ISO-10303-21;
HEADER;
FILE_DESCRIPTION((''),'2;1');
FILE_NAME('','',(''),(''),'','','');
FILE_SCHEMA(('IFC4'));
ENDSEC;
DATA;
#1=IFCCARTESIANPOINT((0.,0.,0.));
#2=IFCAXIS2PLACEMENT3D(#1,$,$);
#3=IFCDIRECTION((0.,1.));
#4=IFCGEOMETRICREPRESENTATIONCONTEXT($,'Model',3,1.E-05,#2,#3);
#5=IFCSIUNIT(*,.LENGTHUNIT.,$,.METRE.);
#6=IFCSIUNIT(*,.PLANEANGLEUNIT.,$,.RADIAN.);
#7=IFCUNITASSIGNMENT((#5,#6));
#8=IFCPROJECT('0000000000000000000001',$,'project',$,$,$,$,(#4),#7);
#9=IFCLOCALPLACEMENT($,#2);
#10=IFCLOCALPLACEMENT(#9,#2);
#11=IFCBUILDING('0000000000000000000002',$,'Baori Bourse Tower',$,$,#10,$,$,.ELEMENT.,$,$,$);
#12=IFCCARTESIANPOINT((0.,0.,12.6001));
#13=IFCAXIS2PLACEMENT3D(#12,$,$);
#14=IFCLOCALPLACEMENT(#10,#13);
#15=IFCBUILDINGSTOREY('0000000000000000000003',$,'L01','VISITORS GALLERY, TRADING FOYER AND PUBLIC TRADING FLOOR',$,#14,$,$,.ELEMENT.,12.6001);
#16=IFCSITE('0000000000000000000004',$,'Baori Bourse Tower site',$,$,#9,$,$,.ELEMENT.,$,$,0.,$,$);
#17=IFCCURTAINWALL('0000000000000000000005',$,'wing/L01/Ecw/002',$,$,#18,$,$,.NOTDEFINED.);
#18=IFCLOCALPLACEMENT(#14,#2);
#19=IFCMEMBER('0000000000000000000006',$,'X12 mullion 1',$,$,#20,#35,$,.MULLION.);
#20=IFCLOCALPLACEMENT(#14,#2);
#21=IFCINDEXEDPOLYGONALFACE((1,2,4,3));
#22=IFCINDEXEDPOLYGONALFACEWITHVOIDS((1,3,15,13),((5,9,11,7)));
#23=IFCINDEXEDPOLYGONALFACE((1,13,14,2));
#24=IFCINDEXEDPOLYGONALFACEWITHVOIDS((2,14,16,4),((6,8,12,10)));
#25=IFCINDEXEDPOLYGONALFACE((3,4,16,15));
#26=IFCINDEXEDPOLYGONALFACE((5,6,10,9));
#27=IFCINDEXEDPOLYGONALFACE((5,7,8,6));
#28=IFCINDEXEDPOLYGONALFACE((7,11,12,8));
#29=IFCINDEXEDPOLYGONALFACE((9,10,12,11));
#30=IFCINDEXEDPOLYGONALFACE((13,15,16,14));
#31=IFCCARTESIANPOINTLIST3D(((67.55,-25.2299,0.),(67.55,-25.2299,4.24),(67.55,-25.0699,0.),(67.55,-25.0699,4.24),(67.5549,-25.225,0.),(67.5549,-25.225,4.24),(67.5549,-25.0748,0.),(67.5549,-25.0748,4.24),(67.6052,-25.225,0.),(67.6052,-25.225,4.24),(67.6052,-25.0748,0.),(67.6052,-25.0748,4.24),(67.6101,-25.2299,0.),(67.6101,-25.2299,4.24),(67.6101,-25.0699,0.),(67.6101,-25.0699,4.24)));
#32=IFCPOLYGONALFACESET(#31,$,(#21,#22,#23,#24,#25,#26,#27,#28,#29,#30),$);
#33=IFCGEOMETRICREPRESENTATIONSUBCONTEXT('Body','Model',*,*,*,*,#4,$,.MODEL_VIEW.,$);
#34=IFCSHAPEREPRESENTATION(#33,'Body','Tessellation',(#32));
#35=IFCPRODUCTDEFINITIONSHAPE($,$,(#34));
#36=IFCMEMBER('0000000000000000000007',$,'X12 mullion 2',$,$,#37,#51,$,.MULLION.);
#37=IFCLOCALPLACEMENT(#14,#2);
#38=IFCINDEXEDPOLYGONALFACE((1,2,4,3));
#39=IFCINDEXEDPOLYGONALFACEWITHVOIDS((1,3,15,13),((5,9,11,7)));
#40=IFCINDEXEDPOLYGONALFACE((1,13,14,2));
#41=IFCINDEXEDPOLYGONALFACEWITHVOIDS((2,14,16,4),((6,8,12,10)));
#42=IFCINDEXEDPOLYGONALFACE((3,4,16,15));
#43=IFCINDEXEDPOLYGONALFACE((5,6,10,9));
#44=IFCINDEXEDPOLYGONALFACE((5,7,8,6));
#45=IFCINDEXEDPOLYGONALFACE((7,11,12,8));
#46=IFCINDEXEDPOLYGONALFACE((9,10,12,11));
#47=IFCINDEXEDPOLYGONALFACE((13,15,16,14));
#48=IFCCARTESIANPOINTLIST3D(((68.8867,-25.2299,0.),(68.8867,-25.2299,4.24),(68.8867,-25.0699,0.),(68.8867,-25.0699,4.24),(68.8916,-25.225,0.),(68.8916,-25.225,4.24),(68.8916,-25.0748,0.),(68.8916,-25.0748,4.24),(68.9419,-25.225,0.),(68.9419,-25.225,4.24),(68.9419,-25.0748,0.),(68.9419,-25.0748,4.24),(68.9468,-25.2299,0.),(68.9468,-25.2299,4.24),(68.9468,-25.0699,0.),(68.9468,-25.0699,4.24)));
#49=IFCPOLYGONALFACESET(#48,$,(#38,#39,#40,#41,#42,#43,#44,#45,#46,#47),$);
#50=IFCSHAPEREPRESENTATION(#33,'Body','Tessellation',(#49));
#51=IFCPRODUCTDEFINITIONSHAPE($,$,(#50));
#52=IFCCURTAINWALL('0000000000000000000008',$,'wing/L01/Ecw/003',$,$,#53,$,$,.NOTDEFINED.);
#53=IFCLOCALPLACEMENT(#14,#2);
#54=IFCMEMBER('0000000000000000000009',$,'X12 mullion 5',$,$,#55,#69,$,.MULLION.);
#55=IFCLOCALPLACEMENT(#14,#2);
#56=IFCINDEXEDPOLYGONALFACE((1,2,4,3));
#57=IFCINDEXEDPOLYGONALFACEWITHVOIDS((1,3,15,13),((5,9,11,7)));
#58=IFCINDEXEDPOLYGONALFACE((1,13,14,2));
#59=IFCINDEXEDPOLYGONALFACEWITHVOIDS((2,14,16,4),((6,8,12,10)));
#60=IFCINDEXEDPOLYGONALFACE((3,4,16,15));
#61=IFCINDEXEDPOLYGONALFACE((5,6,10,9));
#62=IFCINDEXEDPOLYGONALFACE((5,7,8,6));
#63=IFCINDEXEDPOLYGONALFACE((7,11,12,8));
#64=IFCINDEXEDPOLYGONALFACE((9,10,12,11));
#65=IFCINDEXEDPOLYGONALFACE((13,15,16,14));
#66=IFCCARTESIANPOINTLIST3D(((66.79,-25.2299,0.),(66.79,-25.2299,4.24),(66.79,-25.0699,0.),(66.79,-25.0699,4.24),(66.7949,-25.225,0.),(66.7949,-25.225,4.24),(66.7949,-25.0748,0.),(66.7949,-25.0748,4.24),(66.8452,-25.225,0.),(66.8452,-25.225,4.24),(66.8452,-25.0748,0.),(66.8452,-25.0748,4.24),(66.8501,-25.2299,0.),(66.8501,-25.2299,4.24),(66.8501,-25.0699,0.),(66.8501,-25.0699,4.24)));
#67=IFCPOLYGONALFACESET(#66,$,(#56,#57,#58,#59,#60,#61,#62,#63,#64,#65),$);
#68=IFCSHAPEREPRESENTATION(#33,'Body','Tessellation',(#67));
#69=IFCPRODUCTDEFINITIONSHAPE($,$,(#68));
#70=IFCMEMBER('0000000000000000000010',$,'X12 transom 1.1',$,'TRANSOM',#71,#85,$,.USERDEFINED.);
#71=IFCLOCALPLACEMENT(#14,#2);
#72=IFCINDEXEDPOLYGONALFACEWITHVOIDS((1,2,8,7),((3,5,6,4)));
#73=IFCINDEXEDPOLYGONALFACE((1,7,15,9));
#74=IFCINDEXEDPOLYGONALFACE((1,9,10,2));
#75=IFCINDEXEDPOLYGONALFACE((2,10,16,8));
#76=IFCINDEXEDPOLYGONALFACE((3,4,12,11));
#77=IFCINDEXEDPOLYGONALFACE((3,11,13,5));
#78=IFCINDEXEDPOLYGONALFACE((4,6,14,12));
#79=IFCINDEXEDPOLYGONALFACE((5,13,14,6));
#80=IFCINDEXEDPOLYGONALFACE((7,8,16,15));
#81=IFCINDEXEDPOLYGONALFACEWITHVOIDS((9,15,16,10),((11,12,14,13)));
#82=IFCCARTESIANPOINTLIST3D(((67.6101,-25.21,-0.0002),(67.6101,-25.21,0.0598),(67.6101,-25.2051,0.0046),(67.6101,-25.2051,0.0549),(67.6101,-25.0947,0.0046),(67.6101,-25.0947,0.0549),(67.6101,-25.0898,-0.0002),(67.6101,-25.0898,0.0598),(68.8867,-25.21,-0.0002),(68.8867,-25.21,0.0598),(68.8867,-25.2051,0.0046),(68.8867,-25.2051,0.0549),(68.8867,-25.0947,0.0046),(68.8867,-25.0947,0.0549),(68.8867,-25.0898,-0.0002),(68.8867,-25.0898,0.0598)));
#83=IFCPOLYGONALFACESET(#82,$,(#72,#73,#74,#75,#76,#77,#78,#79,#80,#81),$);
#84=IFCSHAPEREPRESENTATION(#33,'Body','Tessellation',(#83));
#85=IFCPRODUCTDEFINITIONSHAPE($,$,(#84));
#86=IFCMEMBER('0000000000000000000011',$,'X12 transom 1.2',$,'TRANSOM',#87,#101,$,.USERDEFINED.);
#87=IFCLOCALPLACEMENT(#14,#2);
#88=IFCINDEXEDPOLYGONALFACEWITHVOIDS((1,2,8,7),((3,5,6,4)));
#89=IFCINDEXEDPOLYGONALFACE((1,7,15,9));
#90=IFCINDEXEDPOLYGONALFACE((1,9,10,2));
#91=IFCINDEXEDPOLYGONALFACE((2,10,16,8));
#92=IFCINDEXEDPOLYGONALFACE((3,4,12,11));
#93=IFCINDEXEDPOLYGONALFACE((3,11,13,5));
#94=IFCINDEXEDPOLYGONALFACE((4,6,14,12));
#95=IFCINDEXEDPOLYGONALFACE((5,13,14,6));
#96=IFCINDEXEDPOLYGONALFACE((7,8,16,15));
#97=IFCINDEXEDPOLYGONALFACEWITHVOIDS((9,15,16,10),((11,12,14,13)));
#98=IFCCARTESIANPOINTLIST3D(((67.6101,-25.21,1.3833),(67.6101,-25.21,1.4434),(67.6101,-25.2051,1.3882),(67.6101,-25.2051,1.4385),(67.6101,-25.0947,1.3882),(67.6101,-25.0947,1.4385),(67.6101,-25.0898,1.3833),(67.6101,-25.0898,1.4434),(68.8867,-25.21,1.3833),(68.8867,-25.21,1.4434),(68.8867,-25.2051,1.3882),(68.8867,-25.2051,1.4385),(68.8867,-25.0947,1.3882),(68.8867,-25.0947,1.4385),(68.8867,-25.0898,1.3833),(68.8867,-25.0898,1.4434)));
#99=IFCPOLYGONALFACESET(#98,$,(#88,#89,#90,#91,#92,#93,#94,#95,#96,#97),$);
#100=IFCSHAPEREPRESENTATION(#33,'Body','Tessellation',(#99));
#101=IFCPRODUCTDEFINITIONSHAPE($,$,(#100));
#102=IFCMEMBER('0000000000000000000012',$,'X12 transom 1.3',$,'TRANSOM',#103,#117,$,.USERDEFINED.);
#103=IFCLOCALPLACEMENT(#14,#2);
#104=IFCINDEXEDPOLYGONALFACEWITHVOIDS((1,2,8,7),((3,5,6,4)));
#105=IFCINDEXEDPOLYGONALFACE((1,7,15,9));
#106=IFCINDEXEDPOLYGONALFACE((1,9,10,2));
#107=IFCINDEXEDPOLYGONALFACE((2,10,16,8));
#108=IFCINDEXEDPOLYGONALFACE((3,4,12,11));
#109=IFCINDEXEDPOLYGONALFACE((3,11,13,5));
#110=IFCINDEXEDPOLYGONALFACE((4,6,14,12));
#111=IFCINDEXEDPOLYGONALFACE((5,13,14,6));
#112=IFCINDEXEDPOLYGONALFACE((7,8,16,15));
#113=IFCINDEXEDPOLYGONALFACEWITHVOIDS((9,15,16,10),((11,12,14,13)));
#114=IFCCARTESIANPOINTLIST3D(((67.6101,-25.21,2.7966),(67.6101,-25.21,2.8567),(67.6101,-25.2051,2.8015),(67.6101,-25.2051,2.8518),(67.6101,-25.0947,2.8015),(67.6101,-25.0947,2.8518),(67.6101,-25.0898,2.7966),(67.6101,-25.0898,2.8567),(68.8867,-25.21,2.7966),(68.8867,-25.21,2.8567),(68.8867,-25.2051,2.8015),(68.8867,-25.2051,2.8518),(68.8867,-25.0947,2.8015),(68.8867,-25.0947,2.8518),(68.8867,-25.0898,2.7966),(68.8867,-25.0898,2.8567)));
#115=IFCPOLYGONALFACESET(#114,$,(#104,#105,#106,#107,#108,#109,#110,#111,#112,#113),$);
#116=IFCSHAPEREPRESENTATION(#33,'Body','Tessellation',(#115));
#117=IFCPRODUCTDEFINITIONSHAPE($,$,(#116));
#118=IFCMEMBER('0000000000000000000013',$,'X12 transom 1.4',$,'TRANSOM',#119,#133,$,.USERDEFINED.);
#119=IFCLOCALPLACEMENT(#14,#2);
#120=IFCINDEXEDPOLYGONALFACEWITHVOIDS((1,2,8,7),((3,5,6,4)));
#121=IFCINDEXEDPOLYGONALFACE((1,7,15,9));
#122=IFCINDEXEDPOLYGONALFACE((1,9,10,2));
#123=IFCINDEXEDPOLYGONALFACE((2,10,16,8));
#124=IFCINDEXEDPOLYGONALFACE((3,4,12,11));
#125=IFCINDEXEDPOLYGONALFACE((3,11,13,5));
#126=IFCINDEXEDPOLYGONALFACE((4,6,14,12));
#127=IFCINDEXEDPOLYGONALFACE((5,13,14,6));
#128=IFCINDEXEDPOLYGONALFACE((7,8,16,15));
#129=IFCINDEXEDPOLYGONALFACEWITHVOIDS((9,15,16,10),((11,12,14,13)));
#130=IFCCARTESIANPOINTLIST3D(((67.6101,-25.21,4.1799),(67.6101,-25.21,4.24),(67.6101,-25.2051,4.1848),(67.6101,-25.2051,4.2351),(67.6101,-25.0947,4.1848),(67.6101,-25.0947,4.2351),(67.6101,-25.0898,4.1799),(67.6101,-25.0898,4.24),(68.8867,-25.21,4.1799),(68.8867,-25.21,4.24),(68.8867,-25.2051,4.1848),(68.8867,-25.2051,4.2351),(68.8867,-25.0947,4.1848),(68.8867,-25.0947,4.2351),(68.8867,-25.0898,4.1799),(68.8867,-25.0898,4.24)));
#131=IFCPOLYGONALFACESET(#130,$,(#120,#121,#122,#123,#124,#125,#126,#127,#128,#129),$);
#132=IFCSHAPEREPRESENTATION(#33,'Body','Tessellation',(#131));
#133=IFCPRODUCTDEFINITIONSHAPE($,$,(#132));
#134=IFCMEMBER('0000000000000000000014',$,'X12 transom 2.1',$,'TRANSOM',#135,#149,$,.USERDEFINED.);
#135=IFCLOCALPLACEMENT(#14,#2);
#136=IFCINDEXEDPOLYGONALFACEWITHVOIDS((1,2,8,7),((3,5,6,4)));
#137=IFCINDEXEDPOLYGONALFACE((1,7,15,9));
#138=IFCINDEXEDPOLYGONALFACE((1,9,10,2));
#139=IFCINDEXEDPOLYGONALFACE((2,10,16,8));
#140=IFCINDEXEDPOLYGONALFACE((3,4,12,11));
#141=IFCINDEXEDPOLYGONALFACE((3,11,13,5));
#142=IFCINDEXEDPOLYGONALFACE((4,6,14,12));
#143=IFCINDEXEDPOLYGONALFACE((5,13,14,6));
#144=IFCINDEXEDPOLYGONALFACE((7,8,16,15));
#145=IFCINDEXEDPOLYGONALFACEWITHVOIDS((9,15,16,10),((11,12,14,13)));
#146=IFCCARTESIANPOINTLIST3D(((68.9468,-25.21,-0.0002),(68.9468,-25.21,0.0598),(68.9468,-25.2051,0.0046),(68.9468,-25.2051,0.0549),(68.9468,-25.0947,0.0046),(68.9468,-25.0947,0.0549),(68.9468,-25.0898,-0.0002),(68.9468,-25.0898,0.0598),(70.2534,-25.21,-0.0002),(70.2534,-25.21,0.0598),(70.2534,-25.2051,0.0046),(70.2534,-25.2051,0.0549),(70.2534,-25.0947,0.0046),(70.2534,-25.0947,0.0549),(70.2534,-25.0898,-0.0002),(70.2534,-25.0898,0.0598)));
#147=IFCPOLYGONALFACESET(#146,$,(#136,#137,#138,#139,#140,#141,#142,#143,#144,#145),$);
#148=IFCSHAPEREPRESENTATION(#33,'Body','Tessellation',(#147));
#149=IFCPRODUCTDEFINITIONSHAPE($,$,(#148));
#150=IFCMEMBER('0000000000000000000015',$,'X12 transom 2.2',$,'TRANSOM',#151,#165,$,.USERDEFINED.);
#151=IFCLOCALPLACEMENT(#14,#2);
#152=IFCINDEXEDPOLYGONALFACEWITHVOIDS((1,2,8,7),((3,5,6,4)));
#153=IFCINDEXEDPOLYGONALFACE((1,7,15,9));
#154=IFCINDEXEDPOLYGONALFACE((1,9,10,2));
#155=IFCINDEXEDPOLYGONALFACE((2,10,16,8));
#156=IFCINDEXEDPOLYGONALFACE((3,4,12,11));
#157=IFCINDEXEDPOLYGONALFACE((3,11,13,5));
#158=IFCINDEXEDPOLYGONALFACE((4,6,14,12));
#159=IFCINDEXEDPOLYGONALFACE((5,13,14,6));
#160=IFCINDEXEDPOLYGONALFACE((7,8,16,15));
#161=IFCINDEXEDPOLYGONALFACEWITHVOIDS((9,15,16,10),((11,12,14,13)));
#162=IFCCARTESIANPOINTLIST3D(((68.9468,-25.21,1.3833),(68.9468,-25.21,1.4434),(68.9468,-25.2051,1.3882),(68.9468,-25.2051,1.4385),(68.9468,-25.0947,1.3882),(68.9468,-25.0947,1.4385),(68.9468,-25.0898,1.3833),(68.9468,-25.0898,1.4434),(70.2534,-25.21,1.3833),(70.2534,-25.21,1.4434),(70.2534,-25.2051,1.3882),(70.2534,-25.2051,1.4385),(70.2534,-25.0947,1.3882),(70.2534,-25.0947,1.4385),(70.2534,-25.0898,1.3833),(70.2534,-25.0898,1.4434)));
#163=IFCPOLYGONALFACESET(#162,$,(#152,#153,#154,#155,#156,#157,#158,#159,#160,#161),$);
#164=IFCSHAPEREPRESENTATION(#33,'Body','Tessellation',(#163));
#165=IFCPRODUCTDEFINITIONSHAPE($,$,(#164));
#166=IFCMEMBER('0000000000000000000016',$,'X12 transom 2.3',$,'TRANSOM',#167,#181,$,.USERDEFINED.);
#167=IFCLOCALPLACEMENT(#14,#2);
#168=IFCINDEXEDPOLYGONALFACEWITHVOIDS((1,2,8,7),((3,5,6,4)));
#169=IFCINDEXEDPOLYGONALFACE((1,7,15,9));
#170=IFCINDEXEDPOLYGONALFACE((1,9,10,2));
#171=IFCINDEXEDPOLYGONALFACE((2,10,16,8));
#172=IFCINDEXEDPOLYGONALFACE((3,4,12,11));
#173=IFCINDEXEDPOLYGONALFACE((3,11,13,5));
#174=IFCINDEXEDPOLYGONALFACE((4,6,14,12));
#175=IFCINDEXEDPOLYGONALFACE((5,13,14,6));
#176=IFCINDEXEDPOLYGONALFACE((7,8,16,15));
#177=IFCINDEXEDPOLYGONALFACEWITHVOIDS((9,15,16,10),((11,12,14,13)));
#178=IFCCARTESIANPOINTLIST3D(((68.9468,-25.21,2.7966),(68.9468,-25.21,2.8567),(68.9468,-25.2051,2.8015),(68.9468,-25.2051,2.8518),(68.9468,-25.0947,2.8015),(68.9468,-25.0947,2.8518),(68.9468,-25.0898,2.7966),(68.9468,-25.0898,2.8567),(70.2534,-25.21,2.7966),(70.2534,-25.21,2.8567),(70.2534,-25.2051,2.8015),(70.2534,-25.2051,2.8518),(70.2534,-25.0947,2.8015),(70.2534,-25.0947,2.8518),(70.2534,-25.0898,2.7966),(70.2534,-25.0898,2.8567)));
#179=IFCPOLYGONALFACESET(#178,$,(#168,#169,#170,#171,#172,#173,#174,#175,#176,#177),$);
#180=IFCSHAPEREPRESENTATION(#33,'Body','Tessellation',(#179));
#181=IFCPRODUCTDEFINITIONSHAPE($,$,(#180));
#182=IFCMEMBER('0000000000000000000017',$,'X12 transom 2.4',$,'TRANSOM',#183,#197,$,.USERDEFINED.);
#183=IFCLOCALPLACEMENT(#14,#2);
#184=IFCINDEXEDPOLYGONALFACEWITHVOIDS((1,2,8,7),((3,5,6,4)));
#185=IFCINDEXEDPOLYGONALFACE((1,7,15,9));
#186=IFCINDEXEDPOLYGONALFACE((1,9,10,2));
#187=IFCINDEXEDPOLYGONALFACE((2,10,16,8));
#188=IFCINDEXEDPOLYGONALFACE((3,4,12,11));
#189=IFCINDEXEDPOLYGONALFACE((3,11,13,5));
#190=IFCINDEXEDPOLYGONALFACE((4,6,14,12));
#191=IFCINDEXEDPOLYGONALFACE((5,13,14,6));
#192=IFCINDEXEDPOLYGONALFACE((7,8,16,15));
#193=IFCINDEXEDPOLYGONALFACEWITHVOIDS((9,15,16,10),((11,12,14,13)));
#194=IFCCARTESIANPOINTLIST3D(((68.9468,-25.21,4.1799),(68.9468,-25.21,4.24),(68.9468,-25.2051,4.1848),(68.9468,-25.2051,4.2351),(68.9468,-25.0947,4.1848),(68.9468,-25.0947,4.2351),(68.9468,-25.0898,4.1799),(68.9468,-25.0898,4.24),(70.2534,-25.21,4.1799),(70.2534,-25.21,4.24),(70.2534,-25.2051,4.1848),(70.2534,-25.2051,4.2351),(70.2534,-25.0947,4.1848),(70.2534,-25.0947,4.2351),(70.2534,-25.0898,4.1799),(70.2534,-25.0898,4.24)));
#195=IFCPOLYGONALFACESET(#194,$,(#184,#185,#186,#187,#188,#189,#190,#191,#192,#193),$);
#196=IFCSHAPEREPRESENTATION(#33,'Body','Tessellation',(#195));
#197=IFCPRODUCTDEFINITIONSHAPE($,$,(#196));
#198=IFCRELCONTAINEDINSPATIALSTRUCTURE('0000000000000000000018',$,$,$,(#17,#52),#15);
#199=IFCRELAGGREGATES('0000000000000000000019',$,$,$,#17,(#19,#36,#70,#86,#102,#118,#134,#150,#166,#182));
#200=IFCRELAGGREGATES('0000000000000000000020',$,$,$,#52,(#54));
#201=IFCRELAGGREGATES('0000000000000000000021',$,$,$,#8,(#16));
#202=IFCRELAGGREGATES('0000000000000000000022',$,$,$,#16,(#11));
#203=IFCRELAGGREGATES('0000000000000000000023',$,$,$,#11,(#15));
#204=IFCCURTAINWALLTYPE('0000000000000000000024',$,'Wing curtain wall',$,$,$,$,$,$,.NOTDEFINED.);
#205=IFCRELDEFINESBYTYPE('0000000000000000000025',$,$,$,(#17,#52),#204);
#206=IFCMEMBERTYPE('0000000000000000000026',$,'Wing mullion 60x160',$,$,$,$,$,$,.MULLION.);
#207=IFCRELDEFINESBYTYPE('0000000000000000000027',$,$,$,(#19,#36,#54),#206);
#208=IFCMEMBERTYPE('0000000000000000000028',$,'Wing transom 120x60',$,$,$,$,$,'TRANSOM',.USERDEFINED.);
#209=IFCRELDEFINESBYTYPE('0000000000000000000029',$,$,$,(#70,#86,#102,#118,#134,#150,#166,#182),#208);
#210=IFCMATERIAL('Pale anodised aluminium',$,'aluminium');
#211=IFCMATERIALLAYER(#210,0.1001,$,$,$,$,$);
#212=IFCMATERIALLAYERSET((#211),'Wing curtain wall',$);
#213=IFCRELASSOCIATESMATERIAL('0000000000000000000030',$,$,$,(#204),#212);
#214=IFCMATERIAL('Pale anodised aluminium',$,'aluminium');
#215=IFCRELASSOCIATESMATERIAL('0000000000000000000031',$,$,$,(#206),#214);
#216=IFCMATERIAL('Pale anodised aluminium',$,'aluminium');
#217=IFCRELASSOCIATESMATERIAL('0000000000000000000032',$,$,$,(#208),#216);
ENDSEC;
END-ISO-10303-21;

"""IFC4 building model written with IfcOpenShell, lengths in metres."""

from ifc_helpers import new_model, si_unit, direction, frame, origin, origin_2d, place, context, subcontext, project, spatial, hollow_rectangle, extrude, material, layer, layer_set, material_profile, profile_set, type_object, element, aggregate, save


model = new_model("IFC4")

# Units and contexts
model_context = context("Model", 3, precision=1e-05, world=origin(), true_north=direction((0.0, 1.0)))
body_context = subcontext(model_context, "Body", "Model", "MODEL_VIEW")
ifc_project = project(units=[si_unit("LENGTHUNIT", "METRE"), si_unit("PLANEANGLEUNIT", "RADIAN")], contexts=[model_context])

# Site, building, storey
site_placement = place(None, origin())
site = spatial("IfcSite", under=ifc_project, at=site_placement, Name="Baori Bourse Tower site", CompositionType="ELEMENT", RefElevation=0.0)
building_placement = place(site_placement, origin())
building = spatial("IfcBuilding", under=site, at=building_placement, Name="Baori Bourse Tower", CompositionType="ELEMENT")
storey_placement = place(building_placement, frame((0.0, 0.0, 12.6001)))
storey = spatial("IfcBuildingStorey", under=building, at=storey_placement, Name="L01", Description="VISITORS GALLERY, TRADING FOYER AND PUBLIC TRADING FLOOR", CompositionType="ELEMENT", Elevation=12.6001)

# Curtain wall, members
ifc_material_1 = material(Name="Pale anodised aluminium", Category="aluminium")
ifc_layer_1 = layer(ifc_material_1, 0.1001)
ifc_layer_set_1 = layer_set([ifc_layer_1], Name="Wing curtain wall")
curtain_wall_type = type_object("IfcCurtainWallType", Name="Wing curtain wall", PredefinedType="NOTDEFINED", material=ifc_layer_set_1)
curtain_wall_1_placement = place(storey_placement, origin())
curtain_wall_1 = element("IfcCurtainWall", 1, at=curtain_wall_1_placement, inside=storey, type_object=curtain_wall_type, Name="wing/L01/Ecw/002", PredefinedType="NOTDEFINED")
ifc_material_2 = material(Name="Pale anodised aluminium", Category="aluminium")
ifc_material_profile_1 = material_profile(ifc_material_2, hollow_rectangle(XDim=0.1599, YDim=0.0601, WallThickness=0.0049, at=origin_2d()), Name="Mullion 160x60x5")
ifc_profile_set_1 = profile_set([ifc_material_profile_1], Name="Pale anodised aluminium")
member_type_1 = type_object("IfcMemberType", Name="Wing mullion 60x160", PredefinedType="MULLION", material=ifc_profile_set_1)
member_1_placement = place(storey_placement, frame((67.5801, -25.1499, 0.0), z_axis=(0.0, 0.0, 1.0), x_axis=(0.0, 1.0, 0.0)))
member_1 = element("IfcMember", 2, at=member_1_placement, type_object=member_type_1, Name="X12 mullion 1", PredefinedType="MULLION", context=body_context, shape_type="SweptSolid", body=[
    extrude(hollow_rectangle(XDim=0.1599, YDim=0.0601, WallThickness=0.0049, at=origin_2d()), origin(), (0.0, 0.0, 1.0), 4.24),
])
member_2_placement = place(storey_placement, frame((68.9167, -25.1499, 0.0), z_axis=(0.0, 0.0, 1.0), x_axis=(0.0, 1.0, 0.0)))
member_2 = element("IfcMember", 3, at=member_2_placement, type_object=member_type_1, Name="X12 mullion 2", PredefinedType="MULLION", context=body_context, shape_type="SweptSolid", body=[
    extrude(hollow_rectangle(XDim=0.1599, YDim=0.0601, WallThickness=0.0049, at=origin_2d()), origin(), (0.0, 0.0, 1.0), 4.24),
])

# Curtain wall, member
curtain_wall_2_placement = place(storey_placement, origin())
curtain_wall_2 = element("IfcCurtainWall", 4, at=curtain_wall_2_placement, inside=storey, type_object=curtain_wall_type, Name="wing/L01/Ecw/003", PredefinedType="NOTDEFINED")
member_3_placement = place(storey_placement, frame((66.8201, -25.1499, 0.0), z_axis=(0.0, 0.0, 1.0), x_axis=(0.0, 1.0, 0.0)))
member_3 = element("IfcMember", 5, at=member_3_placement, type_object=member_type_1, Name="X12 mullion 5", PredefinedType="MULLION", context=body_context, shape_type="SweptSolid", body=[
    extrude(hollow_rectangle(XDim=0.1599, YDim=0.0601, WallThickness=0.0049, at=origin_2d()), origin(), (0.0, 0.0, 1.0), 4.24),
])

# Members
ifc_material_3 = material(Name="Pale anodised aluminium", Category="aluminium")
ifc_material_profile_2 = material_profile(ifc_material_3, hollow_rectangle(XDim=0.1201, YDim=0.0601, WallThickness=0.0049, at=origin_2d()), Name="Transom 120x60x5")
ifc_profile_set_2 = profile_set([ifc_material_profile_2], Name="Pale anodised aluminium")
member_type_2 = type_object("IfcMemberType", Name="Wing transom 120x60", ElementType="TRANSOM", PredefinedType="USERDEFINED", material=ifc_profile_set_2)
member_4_placement = place(storey_placement, frame((67.6101, -25.1499, 0.0298), z_axis=(1.0, 0.0, 0.0), x_axis=(0.0, 1.0, 0.0)))
member_4 = element("IfcMember", 6, at=member_4_placement, type_object=member_type_2, Name="X12 transom 1.1", ObjectType="TRANSOM", PredefinedType="USERDEFINED", context=body_context, shape_type="SweptSolid", body=[
    extrude(hollow_rectangle(XDim=0.1201, YDim=0.0601, WallThickness=0.0049, at=origin_2d()), origin(), (0.0, 0.0, 1.0), 1.2766),
])
member_5_placement = place(storey_placement, frame((67.6101, -25.1499, 1.4133), z_axis=(1.0, 0.0, 0.0), x_axis=(0.0, 1.0, 0.0)))
member_5 = element("IfcMember", 7, at=member_5_placement, type_object=member_type_2, Name="X12 transom 1.2", ObjectType="TRANSOM", PredefinedType="USERDEFINED", context=body_context, shape_type="SweptSolid", body=[
    extrude(hollow_rectangle(XDim=0.1201, YDim=0.0601, WallThickness=0.0049, at=origin_2d()), origin(), (0.0, 0.0, 1.0), 1.2766),
])
member_6_placement = place(storey_placement, frame((67.6101, -25.1499, 2.8267), z_axis=(1.0, 0.0, 0.0), x_axis=(0.0, 1.0, 0.0)))
member_6 = element("IfcMember", 8, at=member_6_placement, type_object=member_type_2, Name="X12 transom 1.3", ObjectType="TRANSOM", PredefinedType="USERDEFINED", context=body_context, shape_type="SweptSolid", body=[
    extrude(hollow_rectangle(XDim=0.1201, YDim=0.0601, WallThickness=0.0049, at=origin_2d()), origin(), (0.0, 0.0, 1.0), 1.2766),
])
member_7_placement = place(storey_placement, frame((67.6101, -25.1499, 4.21), z_axis=(1.0, 0.0, 0.0), x_axis=(0.0, 1.0, 0.0)))
member_7 = element("IfcMember", 9, at=member_7_placement, type_object=member_type_2, Name="X12 transom 1.4", ObjectType="TRANSOM", PredefinedType="USERDEFINED", context=body_context, shape_type="SweptSolid", body=[
    extrude(hollow_rectangle(XDim=0.1201, YDim=0.0601, WallThickness=0.0049, at=origin_2d()), origin(), (0.0, 0.0, 1.0), 1.2766),
])
member_8_placement = place(storey_placement, frame((68.9468, -25.1499, 0.0298), z_axis=(1.0, 0.0, 0.0), x_axis=(0.0, 1.0, 0.0)))
member_8 = element("IfcMember", 10, at=member_8_placement, type_object=member_type_2, Name="X12 transom 2.1", ObjectType="TRANSOM", PredefinedType="USERDEFINED", context=body_context, shape_type="SweptSolid", body=[
    extrude(hollow_rectangle(XDim=0.1201, YDim=0.0601, WallThickness=0.0049, at=origin_2d()), origin(), (0.0, 0.0, 1.0), 1.3066),
])
member_9_placement = place(storey_placement, frame((68.9468, -25.1499, 1.4133), z_axis=(1.0, 0.0, 0.0), x_axis=(0.0, 1.0, 0.0)))
member_9 = element("IfcMember", 11, at=member_9_placement, type_object=member_type_2, Name="X12 transom 2.2", ObjectType="TRANSOM", PredefinedType="USERDEFINED", context=body_context, shape_type="SweptSolid", body=[
    extrude(hollow_rectangle(XDim=0.1201, YDim=0.0601, WallThickness=0.0049, at=origin_2d()), origin(), (0.0, 0.0, 1.0), 1.3066),
])
member_10_placement = place(storey_placement, frame((68.9468, -25.1499, 2.8267), z_axis=(1.0, 0.0, 0.0), x_axis=(0.0, 1.0, 0.0)))
member_10 = element("IfcMember", 12, at=member_10_placement, type_object=member_type_2, Name="X12 transom 2.3", ObjectType="TRANSOM", PredefinedType="USERDEFINED", context=body_context, shape_type="SweptSolid", body=[
    extrude(hollow_rectangle(XDim=0.1201, YDim=0.0601, WallThickness=0.0049, at=origin_2d()), origin(), (0.0, 0.0, 1.0), 1.3066),
])
member_11_placement = place(storey_placement, frame((68.9468, -25.1499, 4.21), z_axis=(1.0, 0.0, 0.0), x_axis=(0.0, 1.0, 0.0)))
member_11 = element("IfcMember", 13, at=member_11_placement, type_object=member_type_2, Name="X12 transom 2.4", ObjectType="TRANSOM", PredefinedType="USERDEFINED", context=body_context, shape_type="SweptSolid", body=[
    extrude(hollow_rectangle(XDim=0.1201, YDim=0.0601, WallThickness=0.0049, at=origin_2d()), origin(), (0.0, 0.0, 1.0), 1.3066),
])

aggregate(curtain_wall_1, [member_1, member_2, member_4, member_5, member_6, member_7, member_8, member_9, member_10, member_11])
aggregate(curtain_wall_2, [member_3])

save(model, "model.ifc")
